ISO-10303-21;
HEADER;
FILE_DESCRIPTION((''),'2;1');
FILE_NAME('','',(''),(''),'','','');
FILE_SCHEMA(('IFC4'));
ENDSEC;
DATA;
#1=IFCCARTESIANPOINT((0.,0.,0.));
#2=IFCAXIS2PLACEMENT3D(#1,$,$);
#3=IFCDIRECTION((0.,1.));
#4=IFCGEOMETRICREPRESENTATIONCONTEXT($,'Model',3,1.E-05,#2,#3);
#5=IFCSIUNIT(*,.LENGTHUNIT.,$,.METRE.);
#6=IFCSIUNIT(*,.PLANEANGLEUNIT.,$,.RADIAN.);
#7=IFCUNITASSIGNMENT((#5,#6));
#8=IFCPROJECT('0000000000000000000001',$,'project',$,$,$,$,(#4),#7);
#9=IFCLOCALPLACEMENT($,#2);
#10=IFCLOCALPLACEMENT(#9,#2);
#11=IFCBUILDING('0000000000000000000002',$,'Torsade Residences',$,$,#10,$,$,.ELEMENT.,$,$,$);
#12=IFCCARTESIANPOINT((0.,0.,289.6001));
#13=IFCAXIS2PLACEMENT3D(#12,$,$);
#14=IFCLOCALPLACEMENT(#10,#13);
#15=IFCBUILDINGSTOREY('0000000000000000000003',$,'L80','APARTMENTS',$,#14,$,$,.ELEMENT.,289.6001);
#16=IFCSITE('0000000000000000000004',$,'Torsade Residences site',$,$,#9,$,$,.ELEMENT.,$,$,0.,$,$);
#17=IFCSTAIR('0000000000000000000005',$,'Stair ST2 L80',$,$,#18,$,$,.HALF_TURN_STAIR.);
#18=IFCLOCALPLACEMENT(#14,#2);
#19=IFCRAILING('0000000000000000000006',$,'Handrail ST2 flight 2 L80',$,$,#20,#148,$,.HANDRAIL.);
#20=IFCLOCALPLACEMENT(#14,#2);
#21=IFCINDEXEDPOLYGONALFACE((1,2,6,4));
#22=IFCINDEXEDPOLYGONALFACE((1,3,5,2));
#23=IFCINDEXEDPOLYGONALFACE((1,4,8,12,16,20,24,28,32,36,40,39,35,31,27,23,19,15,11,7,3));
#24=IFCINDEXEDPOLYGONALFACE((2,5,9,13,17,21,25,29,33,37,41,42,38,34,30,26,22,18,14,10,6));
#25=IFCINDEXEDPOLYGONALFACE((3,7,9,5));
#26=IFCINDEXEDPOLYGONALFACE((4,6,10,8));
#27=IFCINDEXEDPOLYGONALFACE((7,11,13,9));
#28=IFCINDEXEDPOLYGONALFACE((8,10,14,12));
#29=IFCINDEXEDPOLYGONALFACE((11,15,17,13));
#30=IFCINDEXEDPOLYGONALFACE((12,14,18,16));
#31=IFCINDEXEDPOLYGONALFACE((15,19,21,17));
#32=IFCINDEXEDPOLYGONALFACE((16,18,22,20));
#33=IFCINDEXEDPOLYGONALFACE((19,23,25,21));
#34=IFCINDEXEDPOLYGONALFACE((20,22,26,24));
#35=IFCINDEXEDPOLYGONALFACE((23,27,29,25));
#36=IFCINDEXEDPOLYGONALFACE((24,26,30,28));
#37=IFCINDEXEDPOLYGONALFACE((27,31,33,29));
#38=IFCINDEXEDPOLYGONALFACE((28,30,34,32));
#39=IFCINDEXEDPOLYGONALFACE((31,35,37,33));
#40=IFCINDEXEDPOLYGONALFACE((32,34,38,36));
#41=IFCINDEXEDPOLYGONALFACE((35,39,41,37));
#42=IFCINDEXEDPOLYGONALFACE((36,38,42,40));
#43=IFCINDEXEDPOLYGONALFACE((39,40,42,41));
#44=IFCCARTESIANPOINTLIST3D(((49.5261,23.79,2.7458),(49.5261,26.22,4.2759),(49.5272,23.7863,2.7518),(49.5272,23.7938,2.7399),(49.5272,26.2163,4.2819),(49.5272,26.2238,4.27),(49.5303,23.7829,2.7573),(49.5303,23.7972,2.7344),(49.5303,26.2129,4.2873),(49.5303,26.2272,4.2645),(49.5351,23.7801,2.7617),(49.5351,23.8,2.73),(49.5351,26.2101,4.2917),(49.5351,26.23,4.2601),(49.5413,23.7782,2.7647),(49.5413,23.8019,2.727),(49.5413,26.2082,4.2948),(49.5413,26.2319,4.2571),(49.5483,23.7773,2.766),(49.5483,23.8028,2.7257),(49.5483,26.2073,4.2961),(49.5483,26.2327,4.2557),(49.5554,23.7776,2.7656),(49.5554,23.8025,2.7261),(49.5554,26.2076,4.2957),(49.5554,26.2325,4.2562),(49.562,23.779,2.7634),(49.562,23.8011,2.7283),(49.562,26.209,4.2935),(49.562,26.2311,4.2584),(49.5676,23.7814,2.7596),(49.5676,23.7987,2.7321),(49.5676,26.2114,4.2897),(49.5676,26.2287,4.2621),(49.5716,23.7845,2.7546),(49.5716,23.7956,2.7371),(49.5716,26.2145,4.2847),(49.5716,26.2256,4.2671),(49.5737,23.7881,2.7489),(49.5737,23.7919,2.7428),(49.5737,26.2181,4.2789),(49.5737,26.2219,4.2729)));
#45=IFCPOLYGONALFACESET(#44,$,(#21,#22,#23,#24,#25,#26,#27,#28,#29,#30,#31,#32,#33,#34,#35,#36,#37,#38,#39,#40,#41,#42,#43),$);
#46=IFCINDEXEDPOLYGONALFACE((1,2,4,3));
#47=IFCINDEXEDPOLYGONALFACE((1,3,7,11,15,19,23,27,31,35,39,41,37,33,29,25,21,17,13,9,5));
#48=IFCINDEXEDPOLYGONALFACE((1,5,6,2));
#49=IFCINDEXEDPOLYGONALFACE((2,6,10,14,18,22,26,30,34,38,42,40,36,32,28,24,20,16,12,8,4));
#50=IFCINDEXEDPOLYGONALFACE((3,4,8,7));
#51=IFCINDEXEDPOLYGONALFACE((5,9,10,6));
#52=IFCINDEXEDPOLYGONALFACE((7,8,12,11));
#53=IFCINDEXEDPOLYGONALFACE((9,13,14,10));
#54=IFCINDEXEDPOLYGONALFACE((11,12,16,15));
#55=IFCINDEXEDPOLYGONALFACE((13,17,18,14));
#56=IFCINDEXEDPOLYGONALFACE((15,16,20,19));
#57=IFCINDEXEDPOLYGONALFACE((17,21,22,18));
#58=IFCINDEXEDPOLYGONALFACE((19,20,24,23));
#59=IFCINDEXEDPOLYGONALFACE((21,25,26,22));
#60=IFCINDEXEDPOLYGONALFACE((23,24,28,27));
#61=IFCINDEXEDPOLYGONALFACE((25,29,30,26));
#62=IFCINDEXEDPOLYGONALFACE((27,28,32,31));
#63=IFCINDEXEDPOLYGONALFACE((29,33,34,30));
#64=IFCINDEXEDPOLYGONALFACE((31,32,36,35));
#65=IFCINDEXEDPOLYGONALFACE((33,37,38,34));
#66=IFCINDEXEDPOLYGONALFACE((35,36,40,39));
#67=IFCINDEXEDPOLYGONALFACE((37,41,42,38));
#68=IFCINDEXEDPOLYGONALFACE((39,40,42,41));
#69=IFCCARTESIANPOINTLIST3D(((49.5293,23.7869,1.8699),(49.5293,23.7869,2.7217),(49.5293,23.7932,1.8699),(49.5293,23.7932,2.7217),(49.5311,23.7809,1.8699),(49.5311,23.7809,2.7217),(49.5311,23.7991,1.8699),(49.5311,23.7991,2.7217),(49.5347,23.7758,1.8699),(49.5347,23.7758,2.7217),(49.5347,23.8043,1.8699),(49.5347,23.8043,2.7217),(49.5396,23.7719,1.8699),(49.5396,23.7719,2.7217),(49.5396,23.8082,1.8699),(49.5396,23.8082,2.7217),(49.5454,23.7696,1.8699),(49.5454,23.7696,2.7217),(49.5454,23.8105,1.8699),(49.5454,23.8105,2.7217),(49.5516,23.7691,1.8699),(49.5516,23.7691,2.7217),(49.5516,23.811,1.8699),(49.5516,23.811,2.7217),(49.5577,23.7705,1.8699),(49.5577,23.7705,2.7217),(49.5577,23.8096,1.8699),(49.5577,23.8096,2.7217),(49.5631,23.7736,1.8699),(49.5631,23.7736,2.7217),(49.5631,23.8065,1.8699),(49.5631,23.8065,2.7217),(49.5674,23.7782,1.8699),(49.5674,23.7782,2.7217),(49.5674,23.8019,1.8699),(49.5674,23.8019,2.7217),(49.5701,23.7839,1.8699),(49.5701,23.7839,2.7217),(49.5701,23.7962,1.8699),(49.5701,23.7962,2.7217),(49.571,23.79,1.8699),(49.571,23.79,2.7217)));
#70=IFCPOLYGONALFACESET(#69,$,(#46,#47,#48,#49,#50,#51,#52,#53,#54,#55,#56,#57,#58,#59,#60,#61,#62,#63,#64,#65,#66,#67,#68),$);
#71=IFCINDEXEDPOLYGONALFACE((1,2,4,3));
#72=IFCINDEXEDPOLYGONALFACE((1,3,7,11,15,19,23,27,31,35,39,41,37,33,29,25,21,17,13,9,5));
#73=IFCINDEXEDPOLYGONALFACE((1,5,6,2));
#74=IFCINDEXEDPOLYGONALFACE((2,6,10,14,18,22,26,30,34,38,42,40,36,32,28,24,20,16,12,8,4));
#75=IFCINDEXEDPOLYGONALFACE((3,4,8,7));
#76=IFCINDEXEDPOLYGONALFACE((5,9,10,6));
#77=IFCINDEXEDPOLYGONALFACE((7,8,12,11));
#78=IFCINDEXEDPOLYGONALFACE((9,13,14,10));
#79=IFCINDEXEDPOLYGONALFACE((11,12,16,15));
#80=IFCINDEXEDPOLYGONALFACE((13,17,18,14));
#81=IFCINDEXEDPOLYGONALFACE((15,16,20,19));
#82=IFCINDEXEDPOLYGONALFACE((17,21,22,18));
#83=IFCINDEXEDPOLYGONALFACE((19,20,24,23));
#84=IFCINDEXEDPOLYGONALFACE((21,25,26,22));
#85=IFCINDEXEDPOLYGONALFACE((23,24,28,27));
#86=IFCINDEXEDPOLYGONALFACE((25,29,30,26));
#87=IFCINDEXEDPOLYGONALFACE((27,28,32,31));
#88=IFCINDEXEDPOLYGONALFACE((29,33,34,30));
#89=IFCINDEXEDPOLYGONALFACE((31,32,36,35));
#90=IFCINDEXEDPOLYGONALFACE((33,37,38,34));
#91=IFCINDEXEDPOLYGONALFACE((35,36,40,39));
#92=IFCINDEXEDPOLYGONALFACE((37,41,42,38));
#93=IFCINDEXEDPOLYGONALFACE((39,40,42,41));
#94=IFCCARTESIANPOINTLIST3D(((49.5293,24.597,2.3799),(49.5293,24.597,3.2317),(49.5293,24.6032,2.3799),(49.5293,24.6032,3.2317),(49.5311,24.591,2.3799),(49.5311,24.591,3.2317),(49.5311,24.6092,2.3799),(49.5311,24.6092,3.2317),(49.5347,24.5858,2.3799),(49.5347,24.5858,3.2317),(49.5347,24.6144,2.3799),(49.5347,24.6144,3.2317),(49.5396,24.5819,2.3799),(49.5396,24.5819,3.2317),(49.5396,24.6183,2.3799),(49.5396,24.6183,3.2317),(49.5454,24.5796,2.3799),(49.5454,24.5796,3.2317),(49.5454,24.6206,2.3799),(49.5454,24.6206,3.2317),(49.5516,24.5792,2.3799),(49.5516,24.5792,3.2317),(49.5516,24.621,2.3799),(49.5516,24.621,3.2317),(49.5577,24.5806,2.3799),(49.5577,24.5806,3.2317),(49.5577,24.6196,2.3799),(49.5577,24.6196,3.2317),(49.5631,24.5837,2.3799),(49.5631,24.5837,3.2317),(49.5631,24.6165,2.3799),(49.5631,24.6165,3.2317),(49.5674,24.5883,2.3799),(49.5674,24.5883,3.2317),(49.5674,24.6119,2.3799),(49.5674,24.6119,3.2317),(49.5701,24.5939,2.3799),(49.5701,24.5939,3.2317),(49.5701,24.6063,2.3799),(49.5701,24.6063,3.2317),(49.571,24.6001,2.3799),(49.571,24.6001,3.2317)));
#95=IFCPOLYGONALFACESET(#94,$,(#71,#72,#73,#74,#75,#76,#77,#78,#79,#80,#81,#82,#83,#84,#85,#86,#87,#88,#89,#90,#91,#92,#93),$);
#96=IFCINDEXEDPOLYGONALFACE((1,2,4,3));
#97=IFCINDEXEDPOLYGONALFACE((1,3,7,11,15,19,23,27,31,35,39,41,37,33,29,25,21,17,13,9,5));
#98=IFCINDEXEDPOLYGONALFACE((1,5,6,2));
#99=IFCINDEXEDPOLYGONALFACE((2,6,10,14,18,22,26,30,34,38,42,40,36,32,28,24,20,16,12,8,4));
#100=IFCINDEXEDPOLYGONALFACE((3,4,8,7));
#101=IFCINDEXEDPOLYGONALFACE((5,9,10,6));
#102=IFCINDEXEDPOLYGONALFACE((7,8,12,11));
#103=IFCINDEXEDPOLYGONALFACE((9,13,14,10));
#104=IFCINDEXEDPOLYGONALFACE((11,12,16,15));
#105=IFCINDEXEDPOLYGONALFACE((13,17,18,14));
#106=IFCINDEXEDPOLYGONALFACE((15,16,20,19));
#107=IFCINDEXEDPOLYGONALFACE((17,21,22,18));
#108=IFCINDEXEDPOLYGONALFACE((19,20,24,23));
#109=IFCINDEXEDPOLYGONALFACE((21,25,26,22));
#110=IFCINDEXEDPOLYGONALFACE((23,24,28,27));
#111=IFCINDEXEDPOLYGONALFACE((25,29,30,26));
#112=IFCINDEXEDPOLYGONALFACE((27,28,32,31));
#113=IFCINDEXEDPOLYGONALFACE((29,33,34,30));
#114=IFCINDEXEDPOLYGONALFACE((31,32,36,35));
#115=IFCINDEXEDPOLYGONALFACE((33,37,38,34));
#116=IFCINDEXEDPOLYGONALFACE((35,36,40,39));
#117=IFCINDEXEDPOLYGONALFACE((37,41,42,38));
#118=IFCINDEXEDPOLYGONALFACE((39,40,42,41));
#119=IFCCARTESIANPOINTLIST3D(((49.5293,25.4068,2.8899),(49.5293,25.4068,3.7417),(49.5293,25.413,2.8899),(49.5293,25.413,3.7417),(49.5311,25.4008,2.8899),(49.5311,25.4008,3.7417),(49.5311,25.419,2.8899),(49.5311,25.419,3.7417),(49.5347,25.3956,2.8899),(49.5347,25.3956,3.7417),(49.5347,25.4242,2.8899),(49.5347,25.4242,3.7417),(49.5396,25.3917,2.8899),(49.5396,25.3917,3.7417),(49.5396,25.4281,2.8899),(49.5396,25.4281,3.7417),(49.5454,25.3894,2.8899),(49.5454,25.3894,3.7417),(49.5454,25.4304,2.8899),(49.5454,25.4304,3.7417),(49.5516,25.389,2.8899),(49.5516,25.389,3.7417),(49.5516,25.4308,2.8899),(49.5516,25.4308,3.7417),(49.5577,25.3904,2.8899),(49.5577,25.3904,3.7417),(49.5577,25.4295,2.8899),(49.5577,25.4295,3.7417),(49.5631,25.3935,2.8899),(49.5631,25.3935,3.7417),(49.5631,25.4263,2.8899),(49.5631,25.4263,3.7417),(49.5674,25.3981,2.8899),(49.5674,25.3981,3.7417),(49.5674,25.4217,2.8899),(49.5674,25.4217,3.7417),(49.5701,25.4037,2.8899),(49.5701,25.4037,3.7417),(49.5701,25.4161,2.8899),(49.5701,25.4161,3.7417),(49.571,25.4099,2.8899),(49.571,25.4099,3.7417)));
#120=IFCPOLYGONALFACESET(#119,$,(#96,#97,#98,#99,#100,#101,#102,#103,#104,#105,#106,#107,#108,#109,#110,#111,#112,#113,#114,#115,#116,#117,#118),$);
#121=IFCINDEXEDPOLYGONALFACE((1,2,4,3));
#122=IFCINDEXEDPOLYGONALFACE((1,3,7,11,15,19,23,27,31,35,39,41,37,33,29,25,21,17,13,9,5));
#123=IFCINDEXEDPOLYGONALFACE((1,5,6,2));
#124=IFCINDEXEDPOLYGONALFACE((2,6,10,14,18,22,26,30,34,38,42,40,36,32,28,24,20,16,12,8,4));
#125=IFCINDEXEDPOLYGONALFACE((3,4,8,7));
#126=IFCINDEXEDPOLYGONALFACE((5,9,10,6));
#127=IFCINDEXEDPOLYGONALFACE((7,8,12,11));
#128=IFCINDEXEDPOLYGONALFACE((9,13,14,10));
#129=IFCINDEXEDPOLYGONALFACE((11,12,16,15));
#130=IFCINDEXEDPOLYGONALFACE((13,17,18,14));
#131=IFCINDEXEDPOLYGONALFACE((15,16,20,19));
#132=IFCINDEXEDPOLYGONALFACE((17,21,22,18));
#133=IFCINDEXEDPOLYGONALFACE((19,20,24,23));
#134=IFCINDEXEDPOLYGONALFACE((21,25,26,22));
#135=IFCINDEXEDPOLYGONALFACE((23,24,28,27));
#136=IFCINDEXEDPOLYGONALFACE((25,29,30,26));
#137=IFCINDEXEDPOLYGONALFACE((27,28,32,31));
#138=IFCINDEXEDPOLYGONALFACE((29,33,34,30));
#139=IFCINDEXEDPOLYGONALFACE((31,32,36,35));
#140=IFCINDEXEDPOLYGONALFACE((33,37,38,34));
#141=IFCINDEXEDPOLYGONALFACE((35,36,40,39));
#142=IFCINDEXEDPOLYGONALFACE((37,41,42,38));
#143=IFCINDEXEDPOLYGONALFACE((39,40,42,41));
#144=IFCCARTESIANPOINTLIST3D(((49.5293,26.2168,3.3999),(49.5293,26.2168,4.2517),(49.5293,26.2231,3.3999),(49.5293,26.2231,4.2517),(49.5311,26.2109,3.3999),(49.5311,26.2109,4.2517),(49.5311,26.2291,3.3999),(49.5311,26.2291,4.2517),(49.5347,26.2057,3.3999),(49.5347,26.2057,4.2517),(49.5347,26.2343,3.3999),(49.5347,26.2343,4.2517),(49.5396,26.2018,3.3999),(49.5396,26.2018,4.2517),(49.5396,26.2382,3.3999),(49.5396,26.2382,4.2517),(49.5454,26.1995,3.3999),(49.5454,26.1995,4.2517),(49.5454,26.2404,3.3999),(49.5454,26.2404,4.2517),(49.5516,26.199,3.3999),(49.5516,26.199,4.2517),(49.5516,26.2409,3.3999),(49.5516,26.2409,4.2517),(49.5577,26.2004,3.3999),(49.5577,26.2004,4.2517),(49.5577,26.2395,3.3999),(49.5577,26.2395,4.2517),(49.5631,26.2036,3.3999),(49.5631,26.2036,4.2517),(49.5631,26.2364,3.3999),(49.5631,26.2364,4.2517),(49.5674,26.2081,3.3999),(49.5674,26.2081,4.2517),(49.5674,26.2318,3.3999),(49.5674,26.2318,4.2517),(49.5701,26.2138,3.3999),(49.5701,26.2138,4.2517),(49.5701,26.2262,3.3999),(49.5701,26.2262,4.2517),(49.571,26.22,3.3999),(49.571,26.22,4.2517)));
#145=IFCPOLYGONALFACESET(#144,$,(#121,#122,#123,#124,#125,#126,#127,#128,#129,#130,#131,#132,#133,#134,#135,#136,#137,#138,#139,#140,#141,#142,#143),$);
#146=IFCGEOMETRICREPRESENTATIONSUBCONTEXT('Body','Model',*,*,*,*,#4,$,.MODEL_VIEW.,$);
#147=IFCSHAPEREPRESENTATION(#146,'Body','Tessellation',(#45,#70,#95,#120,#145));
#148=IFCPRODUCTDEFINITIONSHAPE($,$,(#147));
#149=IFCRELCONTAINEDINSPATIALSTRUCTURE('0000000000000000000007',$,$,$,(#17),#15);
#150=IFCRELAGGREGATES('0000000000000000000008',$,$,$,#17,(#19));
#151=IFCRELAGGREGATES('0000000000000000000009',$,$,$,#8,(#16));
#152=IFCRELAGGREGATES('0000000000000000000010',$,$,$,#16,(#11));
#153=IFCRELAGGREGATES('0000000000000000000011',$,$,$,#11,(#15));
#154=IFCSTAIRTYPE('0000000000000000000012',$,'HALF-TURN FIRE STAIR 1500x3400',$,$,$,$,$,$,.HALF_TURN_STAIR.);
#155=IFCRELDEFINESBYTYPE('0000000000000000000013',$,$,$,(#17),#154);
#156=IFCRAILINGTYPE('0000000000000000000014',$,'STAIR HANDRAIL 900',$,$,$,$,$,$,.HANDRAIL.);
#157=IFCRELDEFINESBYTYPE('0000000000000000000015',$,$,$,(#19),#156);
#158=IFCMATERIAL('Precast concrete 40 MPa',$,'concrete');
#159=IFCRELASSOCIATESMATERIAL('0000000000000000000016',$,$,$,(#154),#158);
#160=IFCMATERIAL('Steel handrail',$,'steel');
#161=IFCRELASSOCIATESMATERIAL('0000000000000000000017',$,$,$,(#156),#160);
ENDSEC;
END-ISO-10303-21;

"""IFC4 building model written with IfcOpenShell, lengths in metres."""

from ifc_helpers import new_model, si_unit, direction, frame, origin, origin_2d, place, context, subcontext, project, spatial, circle, extrude, material, type_object, element, aggregate, save


model = new_model("IFC4")

# Units and contexts
model_context = context("Model", 3, precision=1e-05, world=origin(), true_north=direction((0.0, 1.0)))
body_context = subcontext(model_context, "Body", "Model", "MODEL_VIEW")
ifc_project = project(units=[si_unit("LENGTHUNIT", "METRE"), si_unit("PLANEANGLEUNIT", "RADIAN")], contexts=[model_context])

# Site, building, storey
site_placement = place(None, origin())
site = spatial("IfcSite", under=ifc_project, at=site_placement, Name="Torsade Residences site", CompositionType="ELEMENT", RefElevation=0.0)
building_placement = place(site_placement, origin())
building = spatial("IfcBuilding", under=site, at=building_placement, Name="Torsade Residences", CompositionType="ELEMENT")
storey_placement = place(building_placement, frame((0.0, 0.0, 289.6001)))
storey = spatial("IfcBuildingStorey", under=building, at=storey_placement, Name="L80", Description="APARTMENTS", CompositionType="ELEMENT", Elevation=289.6001)

# Stair, railing
ifc_material_1 = material(Name="Precast concrete 40 MPa", Category="concrete")
stair_type = type_object("IfcStairType", Name="HALF-TURN FIRE STAIR 1500x3400", PredefinedType="HALF_TURN_STAIR", material=ifc_material_1)
stair_placement = place(storey_placement, origin())
stair = element("IfcStair", 1, at=stair_placement, inside=storey, type_object=stair_type, Name="Stair ST2 L80", PredefinedType="HALF_TURN_STAIR")
ifc_material_2 = material(Name="Steel handrail", Category="steel")
railing_type = type_object("IfcRailingType", Name="STAIR HANDRAIL 900", PredefinedType="HANDRAIL", material=ifc_material_2)
railing_1_placement = place(storey_placement, frame((49.55, 23.79, 1.8699)))
railing_1 = element("IfcRailing", 2, at=railing_1_placement, type_object=railing_type, Name="Handrail ST2 flight 2 L80", PredefinedType="HANDRAIL", context=body_context, shape_type="SweptSolid", body=[
    extrude(circle(Radius=0.0239, at=origin_2d()), frame((0.0, 0.0, 0.876), z_axis=(0.0, 0.846221, 0.532831), x_axis=(-1.0, 0.0, 0.0)), (0.0, 0.0, 1.0), 2.8716),
    extrude(circle(Radius=0.021, at=origin_2d()), origin(), (0.0, 0.0, 1.0), 0.8518),
    extrude(circle(Radius=0.021, at=origin_2d()), frame((0.0, 0.8101, 0.51)), (0.0, 0.0, 1.0), 0.8518),
    extrude(circle(Radius=0.021, at=origin_2d()), frame((0.0, 1.6199, 1.02)), (0.0, 0.0, 1.0), 0.8518),
    extrude(circle(Radius=0.021, at=origin_2d()), frame((0.0, 2.4299, 1.53)), (0.0, 0.0, 1.0), 0.8518),
])
aggregate(stair, [railing_1])

save(model, "model.ifc")
